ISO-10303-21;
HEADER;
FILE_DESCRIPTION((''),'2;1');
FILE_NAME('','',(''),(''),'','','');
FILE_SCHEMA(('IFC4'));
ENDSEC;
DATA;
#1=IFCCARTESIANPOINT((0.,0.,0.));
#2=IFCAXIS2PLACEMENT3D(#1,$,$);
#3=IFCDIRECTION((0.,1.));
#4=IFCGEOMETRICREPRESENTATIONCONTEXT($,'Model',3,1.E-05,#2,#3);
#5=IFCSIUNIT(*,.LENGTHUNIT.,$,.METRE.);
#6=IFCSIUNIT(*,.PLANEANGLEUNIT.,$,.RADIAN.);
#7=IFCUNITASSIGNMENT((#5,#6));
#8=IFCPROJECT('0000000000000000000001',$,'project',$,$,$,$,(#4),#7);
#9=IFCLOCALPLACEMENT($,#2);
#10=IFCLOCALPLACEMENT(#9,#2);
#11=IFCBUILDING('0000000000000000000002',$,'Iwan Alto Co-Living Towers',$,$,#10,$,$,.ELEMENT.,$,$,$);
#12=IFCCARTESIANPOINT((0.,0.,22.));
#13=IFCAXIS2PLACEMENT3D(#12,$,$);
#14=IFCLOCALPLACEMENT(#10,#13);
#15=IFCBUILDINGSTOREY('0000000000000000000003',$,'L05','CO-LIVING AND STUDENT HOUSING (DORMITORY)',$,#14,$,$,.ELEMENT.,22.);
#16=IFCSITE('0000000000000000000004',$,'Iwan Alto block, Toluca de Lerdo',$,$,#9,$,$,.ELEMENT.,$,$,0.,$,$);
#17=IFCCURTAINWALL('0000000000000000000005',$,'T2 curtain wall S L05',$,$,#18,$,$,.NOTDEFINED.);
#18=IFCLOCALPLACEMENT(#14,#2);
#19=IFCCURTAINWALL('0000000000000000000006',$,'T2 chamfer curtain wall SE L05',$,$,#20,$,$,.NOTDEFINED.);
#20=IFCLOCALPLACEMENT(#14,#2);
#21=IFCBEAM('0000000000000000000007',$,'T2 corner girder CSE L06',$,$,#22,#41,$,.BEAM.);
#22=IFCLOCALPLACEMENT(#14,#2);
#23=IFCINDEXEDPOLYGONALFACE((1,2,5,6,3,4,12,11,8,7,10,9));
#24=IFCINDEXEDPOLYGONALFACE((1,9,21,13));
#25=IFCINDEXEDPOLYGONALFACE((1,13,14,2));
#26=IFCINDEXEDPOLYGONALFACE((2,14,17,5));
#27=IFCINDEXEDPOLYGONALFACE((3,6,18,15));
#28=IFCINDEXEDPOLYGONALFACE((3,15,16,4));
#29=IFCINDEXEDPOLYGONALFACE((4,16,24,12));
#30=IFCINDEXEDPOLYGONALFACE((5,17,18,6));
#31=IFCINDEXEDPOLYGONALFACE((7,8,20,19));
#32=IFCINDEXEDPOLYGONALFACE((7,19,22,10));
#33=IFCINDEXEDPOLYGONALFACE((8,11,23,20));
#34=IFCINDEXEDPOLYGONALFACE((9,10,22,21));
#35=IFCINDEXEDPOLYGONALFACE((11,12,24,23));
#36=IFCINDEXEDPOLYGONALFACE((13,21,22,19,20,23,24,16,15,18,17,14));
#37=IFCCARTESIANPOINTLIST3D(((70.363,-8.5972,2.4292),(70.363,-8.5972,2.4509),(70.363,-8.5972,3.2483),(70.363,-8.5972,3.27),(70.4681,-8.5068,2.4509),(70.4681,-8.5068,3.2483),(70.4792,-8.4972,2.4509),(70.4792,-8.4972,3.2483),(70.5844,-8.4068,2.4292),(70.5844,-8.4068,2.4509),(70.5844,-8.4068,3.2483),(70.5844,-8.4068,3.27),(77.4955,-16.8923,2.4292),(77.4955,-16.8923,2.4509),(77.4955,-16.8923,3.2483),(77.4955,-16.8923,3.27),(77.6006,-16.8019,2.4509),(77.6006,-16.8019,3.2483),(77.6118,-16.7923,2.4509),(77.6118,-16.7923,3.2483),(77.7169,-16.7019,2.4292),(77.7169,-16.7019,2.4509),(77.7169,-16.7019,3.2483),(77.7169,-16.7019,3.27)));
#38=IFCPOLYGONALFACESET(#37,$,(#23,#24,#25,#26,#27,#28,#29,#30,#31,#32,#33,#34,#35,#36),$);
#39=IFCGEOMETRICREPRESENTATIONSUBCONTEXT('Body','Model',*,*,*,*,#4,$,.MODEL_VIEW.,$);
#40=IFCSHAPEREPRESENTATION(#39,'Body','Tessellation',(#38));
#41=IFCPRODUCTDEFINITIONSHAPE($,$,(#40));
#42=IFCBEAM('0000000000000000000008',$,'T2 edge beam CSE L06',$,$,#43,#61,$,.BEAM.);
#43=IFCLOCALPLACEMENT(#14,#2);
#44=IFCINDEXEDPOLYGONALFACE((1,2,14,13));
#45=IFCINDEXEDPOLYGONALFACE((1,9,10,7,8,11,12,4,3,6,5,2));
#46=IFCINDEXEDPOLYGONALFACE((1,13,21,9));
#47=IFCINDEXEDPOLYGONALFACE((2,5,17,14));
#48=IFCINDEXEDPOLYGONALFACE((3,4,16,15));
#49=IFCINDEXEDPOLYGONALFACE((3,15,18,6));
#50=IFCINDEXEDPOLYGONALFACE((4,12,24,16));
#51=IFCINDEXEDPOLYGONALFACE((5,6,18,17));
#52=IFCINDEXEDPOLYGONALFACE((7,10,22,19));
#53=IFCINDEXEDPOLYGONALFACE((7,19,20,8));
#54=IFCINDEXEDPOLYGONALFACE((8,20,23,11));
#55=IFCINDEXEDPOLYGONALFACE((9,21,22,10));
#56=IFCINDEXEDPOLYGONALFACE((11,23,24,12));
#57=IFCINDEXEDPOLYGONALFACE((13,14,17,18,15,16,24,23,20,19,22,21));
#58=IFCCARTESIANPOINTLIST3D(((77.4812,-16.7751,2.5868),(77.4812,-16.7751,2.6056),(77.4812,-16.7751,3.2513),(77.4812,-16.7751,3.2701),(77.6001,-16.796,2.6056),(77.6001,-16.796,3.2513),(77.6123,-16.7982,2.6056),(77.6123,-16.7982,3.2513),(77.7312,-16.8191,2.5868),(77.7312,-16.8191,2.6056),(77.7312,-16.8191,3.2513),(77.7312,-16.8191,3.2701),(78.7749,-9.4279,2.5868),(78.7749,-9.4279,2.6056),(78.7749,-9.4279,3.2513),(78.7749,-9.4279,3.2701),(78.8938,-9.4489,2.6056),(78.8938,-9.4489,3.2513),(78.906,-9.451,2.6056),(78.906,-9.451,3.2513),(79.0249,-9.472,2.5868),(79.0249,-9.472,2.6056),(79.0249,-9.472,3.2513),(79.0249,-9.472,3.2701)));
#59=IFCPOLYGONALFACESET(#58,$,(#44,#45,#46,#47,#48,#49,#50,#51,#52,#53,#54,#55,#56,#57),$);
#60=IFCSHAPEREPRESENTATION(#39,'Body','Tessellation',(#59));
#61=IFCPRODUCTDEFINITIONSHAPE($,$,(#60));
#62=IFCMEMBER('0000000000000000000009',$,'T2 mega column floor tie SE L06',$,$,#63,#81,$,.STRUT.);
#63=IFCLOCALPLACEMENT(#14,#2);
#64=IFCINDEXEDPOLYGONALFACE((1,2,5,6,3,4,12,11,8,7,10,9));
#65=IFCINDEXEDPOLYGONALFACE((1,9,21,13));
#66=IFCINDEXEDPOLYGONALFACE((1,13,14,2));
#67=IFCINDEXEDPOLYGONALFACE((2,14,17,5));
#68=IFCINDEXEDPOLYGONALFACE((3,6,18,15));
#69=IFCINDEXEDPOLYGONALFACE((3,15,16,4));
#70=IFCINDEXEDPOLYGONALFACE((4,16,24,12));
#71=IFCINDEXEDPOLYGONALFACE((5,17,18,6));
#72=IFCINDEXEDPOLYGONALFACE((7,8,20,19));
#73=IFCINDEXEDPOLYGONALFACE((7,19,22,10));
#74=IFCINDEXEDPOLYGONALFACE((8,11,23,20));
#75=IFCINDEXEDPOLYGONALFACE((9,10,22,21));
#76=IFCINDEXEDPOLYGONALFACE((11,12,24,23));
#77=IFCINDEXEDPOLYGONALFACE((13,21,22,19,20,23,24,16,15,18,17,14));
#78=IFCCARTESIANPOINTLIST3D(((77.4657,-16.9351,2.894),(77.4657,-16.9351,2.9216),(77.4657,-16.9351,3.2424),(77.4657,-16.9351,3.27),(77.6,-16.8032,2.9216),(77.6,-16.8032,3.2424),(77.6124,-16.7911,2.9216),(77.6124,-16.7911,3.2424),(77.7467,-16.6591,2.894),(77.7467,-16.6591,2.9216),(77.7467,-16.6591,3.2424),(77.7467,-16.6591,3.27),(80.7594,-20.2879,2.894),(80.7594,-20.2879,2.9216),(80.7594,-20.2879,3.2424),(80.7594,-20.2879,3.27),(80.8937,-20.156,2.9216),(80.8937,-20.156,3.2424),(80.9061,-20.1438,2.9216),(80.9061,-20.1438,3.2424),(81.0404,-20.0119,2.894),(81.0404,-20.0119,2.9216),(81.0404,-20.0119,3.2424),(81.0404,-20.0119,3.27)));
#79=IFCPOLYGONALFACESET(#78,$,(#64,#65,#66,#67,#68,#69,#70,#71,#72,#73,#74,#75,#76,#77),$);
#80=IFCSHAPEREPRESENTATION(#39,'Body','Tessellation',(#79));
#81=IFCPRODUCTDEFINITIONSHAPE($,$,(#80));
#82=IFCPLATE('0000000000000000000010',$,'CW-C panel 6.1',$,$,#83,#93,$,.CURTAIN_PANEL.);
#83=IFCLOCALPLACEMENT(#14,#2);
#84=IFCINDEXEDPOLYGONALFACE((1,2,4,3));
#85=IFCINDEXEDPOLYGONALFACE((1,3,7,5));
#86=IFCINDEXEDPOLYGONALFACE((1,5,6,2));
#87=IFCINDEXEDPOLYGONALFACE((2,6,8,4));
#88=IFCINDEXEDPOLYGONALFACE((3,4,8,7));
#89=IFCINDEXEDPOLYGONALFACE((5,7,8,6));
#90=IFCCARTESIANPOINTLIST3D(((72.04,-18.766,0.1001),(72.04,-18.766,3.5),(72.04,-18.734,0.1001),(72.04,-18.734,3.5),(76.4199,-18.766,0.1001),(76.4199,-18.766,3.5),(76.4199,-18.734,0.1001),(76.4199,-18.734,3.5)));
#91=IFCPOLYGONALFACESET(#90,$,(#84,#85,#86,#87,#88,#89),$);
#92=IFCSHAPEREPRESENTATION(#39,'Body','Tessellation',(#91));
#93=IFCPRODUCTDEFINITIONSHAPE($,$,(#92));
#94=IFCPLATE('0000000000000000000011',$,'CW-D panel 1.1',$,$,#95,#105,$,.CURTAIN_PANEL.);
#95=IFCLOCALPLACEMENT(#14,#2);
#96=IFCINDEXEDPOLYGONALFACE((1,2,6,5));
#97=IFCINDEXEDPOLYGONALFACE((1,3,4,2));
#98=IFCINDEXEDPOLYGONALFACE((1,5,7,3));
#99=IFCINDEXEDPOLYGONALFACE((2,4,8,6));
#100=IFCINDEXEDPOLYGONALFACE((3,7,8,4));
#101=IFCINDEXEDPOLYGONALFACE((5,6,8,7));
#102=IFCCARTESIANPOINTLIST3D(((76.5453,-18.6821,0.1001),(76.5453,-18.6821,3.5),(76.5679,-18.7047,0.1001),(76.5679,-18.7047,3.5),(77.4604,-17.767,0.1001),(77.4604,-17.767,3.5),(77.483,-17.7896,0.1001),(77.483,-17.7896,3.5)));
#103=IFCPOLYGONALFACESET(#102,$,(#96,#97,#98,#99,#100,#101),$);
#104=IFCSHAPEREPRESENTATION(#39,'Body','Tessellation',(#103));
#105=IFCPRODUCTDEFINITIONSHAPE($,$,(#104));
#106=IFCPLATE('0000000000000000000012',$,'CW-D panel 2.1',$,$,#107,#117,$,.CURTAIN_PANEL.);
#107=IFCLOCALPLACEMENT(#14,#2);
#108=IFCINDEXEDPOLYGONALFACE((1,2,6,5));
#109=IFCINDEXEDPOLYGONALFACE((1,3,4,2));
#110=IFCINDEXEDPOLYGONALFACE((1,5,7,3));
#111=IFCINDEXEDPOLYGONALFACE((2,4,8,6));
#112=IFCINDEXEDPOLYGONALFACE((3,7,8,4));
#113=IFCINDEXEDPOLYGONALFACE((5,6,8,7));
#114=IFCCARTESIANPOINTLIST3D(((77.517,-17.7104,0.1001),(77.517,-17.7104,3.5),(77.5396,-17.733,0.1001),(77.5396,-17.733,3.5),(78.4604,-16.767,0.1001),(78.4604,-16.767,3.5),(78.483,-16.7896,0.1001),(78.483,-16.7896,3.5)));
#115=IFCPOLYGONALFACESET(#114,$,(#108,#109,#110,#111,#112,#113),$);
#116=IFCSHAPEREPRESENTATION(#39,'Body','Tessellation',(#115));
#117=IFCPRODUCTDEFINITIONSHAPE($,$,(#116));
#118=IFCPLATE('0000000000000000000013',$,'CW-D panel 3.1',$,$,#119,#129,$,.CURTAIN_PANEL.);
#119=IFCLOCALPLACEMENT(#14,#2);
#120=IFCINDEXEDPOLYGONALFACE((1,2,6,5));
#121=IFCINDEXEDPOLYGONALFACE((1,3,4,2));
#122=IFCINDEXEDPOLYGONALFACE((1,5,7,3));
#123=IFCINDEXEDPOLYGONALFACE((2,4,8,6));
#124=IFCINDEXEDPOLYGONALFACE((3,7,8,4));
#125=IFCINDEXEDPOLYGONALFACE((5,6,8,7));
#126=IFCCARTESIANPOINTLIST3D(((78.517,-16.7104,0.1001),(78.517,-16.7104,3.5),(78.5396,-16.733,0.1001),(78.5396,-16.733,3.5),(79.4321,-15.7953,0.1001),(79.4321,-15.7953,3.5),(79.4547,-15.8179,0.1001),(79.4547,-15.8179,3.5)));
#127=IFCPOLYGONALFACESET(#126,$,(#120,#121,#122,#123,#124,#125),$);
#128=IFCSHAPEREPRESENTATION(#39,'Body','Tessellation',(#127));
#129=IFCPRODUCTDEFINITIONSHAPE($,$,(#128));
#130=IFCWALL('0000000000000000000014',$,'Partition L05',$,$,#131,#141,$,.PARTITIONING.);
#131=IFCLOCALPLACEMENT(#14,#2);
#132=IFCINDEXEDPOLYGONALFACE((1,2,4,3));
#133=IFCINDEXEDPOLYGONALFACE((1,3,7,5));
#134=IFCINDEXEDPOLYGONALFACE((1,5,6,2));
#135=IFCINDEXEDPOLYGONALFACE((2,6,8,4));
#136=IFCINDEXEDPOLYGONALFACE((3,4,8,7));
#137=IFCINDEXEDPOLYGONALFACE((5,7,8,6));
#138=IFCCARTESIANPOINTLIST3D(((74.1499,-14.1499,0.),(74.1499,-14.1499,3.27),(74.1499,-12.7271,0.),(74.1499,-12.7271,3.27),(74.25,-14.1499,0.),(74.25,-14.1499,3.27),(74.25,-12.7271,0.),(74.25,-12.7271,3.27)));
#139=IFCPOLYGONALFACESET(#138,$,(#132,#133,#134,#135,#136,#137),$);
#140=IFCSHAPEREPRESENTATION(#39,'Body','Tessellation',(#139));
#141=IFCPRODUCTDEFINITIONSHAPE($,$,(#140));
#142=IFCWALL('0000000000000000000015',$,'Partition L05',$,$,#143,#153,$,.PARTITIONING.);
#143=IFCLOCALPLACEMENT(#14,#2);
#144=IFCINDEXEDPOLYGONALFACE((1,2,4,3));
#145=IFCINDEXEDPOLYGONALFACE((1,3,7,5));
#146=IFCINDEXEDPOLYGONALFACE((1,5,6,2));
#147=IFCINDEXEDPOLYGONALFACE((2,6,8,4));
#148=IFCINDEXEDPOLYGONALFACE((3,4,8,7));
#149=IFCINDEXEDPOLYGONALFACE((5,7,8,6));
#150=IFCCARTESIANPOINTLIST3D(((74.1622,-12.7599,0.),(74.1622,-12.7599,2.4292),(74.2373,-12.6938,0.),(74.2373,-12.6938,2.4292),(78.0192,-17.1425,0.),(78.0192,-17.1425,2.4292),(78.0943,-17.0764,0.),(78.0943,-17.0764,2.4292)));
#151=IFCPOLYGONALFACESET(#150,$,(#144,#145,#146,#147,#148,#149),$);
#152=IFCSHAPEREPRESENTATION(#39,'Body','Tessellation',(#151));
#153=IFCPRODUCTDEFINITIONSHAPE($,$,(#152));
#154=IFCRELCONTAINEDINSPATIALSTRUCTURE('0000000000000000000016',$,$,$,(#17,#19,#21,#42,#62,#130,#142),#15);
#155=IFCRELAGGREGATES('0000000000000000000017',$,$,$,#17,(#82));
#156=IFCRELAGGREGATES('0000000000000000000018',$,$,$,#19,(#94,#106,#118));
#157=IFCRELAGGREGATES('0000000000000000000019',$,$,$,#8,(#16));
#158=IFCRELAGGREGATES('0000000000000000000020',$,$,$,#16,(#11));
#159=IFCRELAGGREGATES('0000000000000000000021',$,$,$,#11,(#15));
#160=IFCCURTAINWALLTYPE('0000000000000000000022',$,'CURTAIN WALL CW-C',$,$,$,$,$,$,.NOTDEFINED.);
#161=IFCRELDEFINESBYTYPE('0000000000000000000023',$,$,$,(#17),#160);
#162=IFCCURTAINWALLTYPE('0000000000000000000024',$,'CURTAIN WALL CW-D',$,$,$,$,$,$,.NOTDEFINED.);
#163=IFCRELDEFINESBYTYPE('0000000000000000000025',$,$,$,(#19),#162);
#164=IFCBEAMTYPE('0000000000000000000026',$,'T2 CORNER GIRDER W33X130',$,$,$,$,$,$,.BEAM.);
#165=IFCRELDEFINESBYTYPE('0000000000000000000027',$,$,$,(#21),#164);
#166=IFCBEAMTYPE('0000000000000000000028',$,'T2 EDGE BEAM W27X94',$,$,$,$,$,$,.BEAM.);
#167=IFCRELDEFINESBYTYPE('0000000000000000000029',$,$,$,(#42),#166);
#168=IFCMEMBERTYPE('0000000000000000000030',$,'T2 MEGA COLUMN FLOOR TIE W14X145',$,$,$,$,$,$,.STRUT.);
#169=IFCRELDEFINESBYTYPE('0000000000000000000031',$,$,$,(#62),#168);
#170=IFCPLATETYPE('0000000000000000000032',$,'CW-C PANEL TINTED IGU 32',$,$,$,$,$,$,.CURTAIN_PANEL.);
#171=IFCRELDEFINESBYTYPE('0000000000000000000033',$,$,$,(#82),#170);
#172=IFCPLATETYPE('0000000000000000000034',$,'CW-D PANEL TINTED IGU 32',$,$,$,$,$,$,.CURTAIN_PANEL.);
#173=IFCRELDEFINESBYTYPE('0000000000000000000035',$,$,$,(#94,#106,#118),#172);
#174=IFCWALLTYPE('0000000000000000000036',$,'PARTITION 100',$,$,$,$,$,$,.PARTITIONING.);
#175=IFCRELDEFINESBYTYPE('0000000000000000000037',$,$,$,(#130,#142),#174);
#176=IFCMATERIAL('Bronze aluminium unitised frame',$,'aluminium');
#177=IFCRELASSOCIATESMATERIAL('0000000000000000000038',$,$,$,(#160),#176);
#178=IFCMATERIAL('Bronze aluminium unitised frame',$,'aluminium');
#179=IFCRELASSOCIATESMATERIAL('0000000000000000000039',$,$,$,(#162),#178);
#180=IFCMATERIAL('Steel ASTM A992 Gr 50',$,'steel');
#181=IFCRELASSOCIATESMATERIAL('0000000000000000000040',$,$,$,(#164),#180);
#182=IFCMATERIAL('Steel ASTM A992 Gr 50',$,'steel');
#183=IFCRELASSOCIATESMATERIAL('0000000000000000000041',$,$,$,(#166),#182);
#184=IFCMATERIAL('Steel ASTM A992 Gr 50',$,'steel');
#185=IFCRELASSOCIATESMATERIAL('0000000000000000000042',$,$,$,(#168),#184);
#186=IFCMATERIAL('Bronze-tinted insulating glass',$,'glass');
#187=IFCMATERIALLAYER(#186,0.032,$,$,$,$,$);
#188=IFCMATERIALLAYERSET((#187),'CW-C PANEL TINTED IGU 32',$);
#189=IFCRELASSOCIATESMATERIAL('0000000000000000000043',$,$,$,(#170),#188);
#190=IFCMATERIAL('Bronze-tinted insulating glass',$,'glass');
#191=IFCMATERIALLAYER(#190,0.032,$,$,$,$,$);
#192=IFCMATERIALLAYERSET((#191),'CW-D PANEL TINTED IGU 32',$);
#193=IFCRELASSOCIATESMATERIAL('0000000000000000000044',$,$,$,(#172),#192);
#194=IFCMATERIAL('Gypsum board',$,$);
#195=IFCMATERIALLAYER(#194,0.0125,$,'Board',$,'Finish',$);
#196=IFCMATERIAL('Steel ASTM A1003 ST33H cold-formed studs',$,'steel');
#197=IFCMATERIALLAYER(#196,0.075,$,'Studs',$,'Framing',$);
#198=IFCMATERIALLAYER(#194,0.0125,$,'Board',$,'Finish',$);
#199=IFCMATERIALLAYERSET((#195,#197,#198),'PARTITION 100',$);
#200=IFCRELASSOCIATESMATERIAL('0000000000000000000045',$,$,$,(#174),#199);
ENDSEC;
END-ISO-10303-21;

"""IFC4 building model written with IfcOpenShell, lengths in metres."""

from ifc_helpers import new_model, si_unit, direction, frame, frame_2d, origin, origin_2d, place, context, subcontext, project, spatial, rectangle, i_section, extrude, material, layer, layer_set, material_profile, profile_set, type_object, element, aggregate, save


model = new_model("IFC4")

# Units and contexts
model_context = context("Model", 3, precision=1e-05, world=origin(), true_north=direction((0.0, 1.0)))
body_context = subcontext(model_context, "Body", "Model", "MODEL_VIEW")
ifc_project = project(units=[si_unit("LENGTHUNIT", "METRE"), si_unit("PLANEANGLEUNIT", "RADIAN")], contexts=[model_context])

# Site, building, storey
site_placement = place(None, origin())
site = spatial("IfcSite", under=ifc_project, at=site_placement, Name="Iwan Alto block, Toluca de Lerdo", CompositionType="ELEMENT", RefElevation=0.0)
building_placement = place(site_placement, origin())
building = spatial("IfcBuilding", under=site, at=building_placement, Name="Iwan Alto Co-Living Towers", CompositionType="ELEMENT")
storey_placement = place(building_placement, frame((0.0, 0.0, 22.0)))
storey = spatial("IfcBuildingStorey", under=building, at=storey_placement, Name="L05", Description="CO-LIVING AND STUDENT HOUSING (DORMITORY)", CompositionType="ELEMENT", Elevation=22.0)

# Curtain wall
ifc_material_1 = material(Name="Bronze aluminium unitised frame", Category="aluminium")
curtain_wall_type_1 = type_object("IfcCurtainWallType", Name="CURTAIN WALL CW-C", PredefinedType="NOTDEFINED", material=ifc_material_1)
curtain_wall_1_placement = place(storey_placement, origin())
curtain_wall_1 = element("IfcCurtainWall", 1, at=curtain_wall_1_placement, inside=storey, type_object=curtain_wall_type_1, Name="T2 curtain wall S L05", PredefinedType="NOTDEFINED")

# Curtain wall
ifc_material_2 = material(Name="Bronze aluminium unitised frame", Category="aluminium")
curtain_wall_type_2 = type_object("IfcCurtainWallType", Name="CURTAIN WALL CW-D", PredefinedType="NOTDEFINED", material=ifc_material_2)
curtain_wall_2_placement = place(storey_placement, origin())
curtain_wall_2 = element("IfcCurtainWall", 2, at=curtain_wall_2_placement, inside=storey, type_object=curtain_wall_type_2, Name="T2 chamfer curtain wall SE L05", PredefinedType="NOTDEFINED")

# Beams
ifc_material_3 = material(Name="Steel ASTM A992 Gr 50", Category="steel")
ifc_material_profile_1 = material_profile(ifc_material_3, i_section(OverallWidth=0.292, OverallDepth=0.8408, WebThickness=0.0146, FlangeThickness=0.0217, at=origin_2d()), Name="W33X130")
ifc_profile_set_1 = profile_set([ifc_material_profile_1], Name="Steel ASTM A992 Gr 50")
beam_type_1 = type_object("IfcBeamType", Name="T2 CORNER GIRDER W33X130", PredefinedType="BEAM", material=ifc_profile_set_1)
beam_1_placement = place(storey_placement, frame((77.6062, -16.7971, 2.8496), z_axis=(-0.651972, 0.758243, 0.0), x_axis=(-0.758243, -0.651972, 0.0)))
element("IfcBeam", 3, at=beam_1_placement, inside=storey, type_object=beam_type_1, Name="T2 corner girder CSE L06", PredefinedType="BEAM", context=body_context, shape_type="SweptSolid", body=[
    extrude(i_section(OverallWidth=0.292, OverallDepth=0.8408, WebThickness=0.0146, FlangeThickness=0.0217, at=origin_2d()), origin(), (0.0, 0.0, 1.0), 10.9399),
])
ifc_material_4 = material(Name="Steel ASTM A992 Gr 50", Category="steel")
ifc_material_profile_2 = material_profile(ifc_material_4, i_section(OverallWidth=0.2539, OverallDepth=0.6833, WebThickness=0.0125, FlangeThickness=0.0188, at=origin_2d()), Name="W27X94")
ifc_profile_set_2 = profile_set([ifc_material_profile_2], Name="Steel ASTM A992 Gr 50")
beam_type_2 = type_object("IfcBeamType", Name="T2 EDGE BEAM W27X94", PredefinedType="BEAM", material=ifc_profile_set_2)
beam_2_placement = place(storey_placement, frame((77.6062, -16.7971, 2.9285), z_axis=(0.173414, 0.984849, 0.0), x_axis=(-0.984849, 0.173414, 0.0)))
element("IfcBeam", 4, at=beam_2_placement, inside=storey, type_object=beam_type_2, Name="T2 edge beam CSE L06", PredefinedType="BEAM", context=body_context, shape_type="SweptSolid", body=[
    extrude(i_section(OverallWidth=0.2539, OverallDepth=0.6833, WebThickness=0.0125, FlangeThickness=0.0188, at=origin_2d()), origin(), (0.0, 0.0, 1.0), 7.4602),
])

# Member
ifc_material_5 = material(Name="Steel ASTM A992 Gr 50", Category="steel")
ifc_material_profile_3 = material_profile(ifc_material_5, i_section(OverallWidth=0.3938, OverallDepth=0.376, WebThickness=0.0173, FlangeThickness=0.0276, at=origin_2d()), Name="W14X145")
ifc_profile_set_3 = profile_set([ifc_material_profile_3], Name="Steel ASTM A992 Gr 50")
member_type_1 = type_object("IfcMemberType", Name="T2 MEGA COLUMN FLOOR TIE W14X145", PredefinedType="STRUT", material=ifc_profile_set_3)
member_1_placement = place(storey_placement, frame((80.8999, -20.1499, 3.082), z_axis=(-0.700793, 0.713364, 0.0), x_axis=(-0.713364, -0.700793, 0.0)))
element("IfcMember", 5, at=member_1_placement, inside=storey, type_object=member_type_1, Name="T2 mega column floor tie SE L06", PredefinedType="STRUT", context=body_context, shape_type="SweptSolid", body=[
    extrude(i_section(OverallWidth=0.3938, OverallDepth=0.376, WebThickness=0.0173, FlangeThickness=0.0276, at=origin_2d()), origin(), (0.0, 0.0, 1.0), 4.7),
])

# Plates
ifc_material_6 = material(Name="Bronze-tinted insulating glass", Category="glass")
ifc_layer_1 = layer(ifc_material_6, 0.032)
ifc_layer_set_1 = layer_set([ifc_layer_1], Name="CW-C PANEL TINTED IGU 32")
plate_type_1 = type_object("IfcPlateType", Name="CW-C PANEL TINTED IGU 32", PredefinedType="CURTAIN_PANEL", material=ifc_layer_set_1)
plate_1_placement = place(storey_placement, frame((74.23, -18.75, 0.1001), z_axis=(0.0, 0.0, 1.0), x_axis=(1.0, 0.0, 0.0)))
plate_1 = element("IfcPlate", 6, at=plate_1_placement, type_object=plate_type_1, Name="CW-C panel 6.1", PredefinedType="CURTAIN_PANEL", context=body_context, shape_type="SweptSolid", body=[
    extrude(rectangle(XDim=4.3799, YDim=0.032, at=origin_2d()), origin(), (0.0, 0.0, 1.0), 3.3999),
])
aggregate(curtain_wall_1, [plate_1])
ifc_material_7 = material(Name="Bronze-tinted insulating glass", Category="glass")
ifc_layer_2 = layer(ifc_material_7, 0.032)
ifc_layer_set_2 = layer_set([ifc_layer_2], Name="CW-D PANEL TINTED IGU 32")
plate_type_2 = type_object("IfcPlateType", Name="CW-D PANEL TINTED IGU 32", PredefinedType="CURTAIN_PANEL", material=ifc_layer_set_2)
plate_2_placement = place(storey_placement, frame((77.0142, -18.2358, 0.1001), z_axis=(0.0, 0.0, 1.0), x_axis=(0.707107, 0.707107, 0.0)))
plate_2 = element("IfcPlate", 7, at=plate_2_placement, type_object=plate_type_2, Name="CW-D panel 1.1", PredefinedType="CURTAIN_PANEL", context=body_context, shape_type="SweptSolid", body=[
    extrude(rectangle(XDim=1.2942, YDim=0.032, at=origin_2d()), origin(), (0.0, 0.0, 1.0), 3.3999),
])
plate_3_placement = place(storey_placement, frame((78.0, -17.25, 0.1001), z_axis=(0.0, 0.0, 1.0), x_axis=(0.707107, 0.707107, 0.0)))
plate_3 = element("IfcPlate", 8, at=plate_3_placement, type_object=plate_type_2, Name="CW-D panel 2.1", PredefinedType="CURTAIN_PANEL", context=body_context, shape_type="SweptSolid", body=[
    extrude(rectangle(XDim=1.3342, YDim=0.032, at=origin_2d()), origin(), (0.0, 0.0, 1.0), 3.3999),
])
plate_4_placement = place(storey_placement, frame((78.9858, -16.2642, 0.1001), z_axis=(0.0, 0.0, 1.0), x_axis=(0.707107, 0.707107, 0.0)))
plate_4 = element("IfcPlate", 9, at=plate_4_placement, type_object=plate_type_2, Name="CW-D panel 3.1", PredefinedType="CURTAIN_PANEL", context=body_context, shape_type="SweptSolid", body=[
    extrude(rectangle(XDim=1.2942, YDim=0.032, at=origin_2d()), origin(), (0.0, 0.0, 1.0), 3.3999),
])
aggregate(curtain_wall_2, [plate_2, plate_3, plate_4])

# Walls
ifc_material_8 = material(Name="Gypsum board")
ifc_layer_3 = layer(ifc_material_8, 0.0125, Name="Board", Category="Finish")
ifc_material_9 = material(Name="Steel ASTM A1003 ST33H cold-formed studs", Category="steel")
ifc_layer_4 = layer(ifc_material_9, 0.075, Name="Studs", Category="Framing")
ifc_layer_5 = layer(ifc_material_8, 0.0125, Name="Board", Category="Finish")
ifc_layer_set_3 = layer_set([ifc_layer_3, ifc_layer_4, ifc_layer_5], Name="PARTITION 100")
wall_type = type_object("IfcWallType", Name="PARTITION 100", PredefinedType="PARTITIONING", material=ifc_layer_set_3)
wall_1_placement = place(storey_placement, frame((74.2, -14.1499, 0.0), z_axis=(0.0, 0.0, 1.0), x_axis=(0.0, 1.0, 0.0)))
element("IfcWall", 10, at=wall_1_placement, inside=storey, type_object=wall_type, Name="Partition L05", PredefinedType="PARTITIONING", context=body_context, shape_type="SweptSolid", body=[
    extrude(rectangle(XDim=1.4229, YDim=0.1001, at=frame_2d((0.7114, 0.0))), origin(), (0.0, 0.0, 1.0), 3.27),
])
wall_2_placement = place(storey_placement, frame((78.0566, -17.1094, 0.0), z_axis=(0.0, 0.0, 1.0), x_axis=(-0.660654, 0.75069, 0.0)))
element("IfcWall", 11, at=wall_2_placement, inside=storey, type_object=wall_type, Name="Partition L05", PredefinedType="PARTITIONING", context=body_context, shape_type="SweptSolid", body=[
    extrude(rectangle(XDim=5.8381, YDim=0.1001, at=frame_2d((2.9189, 0.0))), origin(), (0.0, 0.0, 1.0), 2.4292),
])

save(model, "model.ifc")
